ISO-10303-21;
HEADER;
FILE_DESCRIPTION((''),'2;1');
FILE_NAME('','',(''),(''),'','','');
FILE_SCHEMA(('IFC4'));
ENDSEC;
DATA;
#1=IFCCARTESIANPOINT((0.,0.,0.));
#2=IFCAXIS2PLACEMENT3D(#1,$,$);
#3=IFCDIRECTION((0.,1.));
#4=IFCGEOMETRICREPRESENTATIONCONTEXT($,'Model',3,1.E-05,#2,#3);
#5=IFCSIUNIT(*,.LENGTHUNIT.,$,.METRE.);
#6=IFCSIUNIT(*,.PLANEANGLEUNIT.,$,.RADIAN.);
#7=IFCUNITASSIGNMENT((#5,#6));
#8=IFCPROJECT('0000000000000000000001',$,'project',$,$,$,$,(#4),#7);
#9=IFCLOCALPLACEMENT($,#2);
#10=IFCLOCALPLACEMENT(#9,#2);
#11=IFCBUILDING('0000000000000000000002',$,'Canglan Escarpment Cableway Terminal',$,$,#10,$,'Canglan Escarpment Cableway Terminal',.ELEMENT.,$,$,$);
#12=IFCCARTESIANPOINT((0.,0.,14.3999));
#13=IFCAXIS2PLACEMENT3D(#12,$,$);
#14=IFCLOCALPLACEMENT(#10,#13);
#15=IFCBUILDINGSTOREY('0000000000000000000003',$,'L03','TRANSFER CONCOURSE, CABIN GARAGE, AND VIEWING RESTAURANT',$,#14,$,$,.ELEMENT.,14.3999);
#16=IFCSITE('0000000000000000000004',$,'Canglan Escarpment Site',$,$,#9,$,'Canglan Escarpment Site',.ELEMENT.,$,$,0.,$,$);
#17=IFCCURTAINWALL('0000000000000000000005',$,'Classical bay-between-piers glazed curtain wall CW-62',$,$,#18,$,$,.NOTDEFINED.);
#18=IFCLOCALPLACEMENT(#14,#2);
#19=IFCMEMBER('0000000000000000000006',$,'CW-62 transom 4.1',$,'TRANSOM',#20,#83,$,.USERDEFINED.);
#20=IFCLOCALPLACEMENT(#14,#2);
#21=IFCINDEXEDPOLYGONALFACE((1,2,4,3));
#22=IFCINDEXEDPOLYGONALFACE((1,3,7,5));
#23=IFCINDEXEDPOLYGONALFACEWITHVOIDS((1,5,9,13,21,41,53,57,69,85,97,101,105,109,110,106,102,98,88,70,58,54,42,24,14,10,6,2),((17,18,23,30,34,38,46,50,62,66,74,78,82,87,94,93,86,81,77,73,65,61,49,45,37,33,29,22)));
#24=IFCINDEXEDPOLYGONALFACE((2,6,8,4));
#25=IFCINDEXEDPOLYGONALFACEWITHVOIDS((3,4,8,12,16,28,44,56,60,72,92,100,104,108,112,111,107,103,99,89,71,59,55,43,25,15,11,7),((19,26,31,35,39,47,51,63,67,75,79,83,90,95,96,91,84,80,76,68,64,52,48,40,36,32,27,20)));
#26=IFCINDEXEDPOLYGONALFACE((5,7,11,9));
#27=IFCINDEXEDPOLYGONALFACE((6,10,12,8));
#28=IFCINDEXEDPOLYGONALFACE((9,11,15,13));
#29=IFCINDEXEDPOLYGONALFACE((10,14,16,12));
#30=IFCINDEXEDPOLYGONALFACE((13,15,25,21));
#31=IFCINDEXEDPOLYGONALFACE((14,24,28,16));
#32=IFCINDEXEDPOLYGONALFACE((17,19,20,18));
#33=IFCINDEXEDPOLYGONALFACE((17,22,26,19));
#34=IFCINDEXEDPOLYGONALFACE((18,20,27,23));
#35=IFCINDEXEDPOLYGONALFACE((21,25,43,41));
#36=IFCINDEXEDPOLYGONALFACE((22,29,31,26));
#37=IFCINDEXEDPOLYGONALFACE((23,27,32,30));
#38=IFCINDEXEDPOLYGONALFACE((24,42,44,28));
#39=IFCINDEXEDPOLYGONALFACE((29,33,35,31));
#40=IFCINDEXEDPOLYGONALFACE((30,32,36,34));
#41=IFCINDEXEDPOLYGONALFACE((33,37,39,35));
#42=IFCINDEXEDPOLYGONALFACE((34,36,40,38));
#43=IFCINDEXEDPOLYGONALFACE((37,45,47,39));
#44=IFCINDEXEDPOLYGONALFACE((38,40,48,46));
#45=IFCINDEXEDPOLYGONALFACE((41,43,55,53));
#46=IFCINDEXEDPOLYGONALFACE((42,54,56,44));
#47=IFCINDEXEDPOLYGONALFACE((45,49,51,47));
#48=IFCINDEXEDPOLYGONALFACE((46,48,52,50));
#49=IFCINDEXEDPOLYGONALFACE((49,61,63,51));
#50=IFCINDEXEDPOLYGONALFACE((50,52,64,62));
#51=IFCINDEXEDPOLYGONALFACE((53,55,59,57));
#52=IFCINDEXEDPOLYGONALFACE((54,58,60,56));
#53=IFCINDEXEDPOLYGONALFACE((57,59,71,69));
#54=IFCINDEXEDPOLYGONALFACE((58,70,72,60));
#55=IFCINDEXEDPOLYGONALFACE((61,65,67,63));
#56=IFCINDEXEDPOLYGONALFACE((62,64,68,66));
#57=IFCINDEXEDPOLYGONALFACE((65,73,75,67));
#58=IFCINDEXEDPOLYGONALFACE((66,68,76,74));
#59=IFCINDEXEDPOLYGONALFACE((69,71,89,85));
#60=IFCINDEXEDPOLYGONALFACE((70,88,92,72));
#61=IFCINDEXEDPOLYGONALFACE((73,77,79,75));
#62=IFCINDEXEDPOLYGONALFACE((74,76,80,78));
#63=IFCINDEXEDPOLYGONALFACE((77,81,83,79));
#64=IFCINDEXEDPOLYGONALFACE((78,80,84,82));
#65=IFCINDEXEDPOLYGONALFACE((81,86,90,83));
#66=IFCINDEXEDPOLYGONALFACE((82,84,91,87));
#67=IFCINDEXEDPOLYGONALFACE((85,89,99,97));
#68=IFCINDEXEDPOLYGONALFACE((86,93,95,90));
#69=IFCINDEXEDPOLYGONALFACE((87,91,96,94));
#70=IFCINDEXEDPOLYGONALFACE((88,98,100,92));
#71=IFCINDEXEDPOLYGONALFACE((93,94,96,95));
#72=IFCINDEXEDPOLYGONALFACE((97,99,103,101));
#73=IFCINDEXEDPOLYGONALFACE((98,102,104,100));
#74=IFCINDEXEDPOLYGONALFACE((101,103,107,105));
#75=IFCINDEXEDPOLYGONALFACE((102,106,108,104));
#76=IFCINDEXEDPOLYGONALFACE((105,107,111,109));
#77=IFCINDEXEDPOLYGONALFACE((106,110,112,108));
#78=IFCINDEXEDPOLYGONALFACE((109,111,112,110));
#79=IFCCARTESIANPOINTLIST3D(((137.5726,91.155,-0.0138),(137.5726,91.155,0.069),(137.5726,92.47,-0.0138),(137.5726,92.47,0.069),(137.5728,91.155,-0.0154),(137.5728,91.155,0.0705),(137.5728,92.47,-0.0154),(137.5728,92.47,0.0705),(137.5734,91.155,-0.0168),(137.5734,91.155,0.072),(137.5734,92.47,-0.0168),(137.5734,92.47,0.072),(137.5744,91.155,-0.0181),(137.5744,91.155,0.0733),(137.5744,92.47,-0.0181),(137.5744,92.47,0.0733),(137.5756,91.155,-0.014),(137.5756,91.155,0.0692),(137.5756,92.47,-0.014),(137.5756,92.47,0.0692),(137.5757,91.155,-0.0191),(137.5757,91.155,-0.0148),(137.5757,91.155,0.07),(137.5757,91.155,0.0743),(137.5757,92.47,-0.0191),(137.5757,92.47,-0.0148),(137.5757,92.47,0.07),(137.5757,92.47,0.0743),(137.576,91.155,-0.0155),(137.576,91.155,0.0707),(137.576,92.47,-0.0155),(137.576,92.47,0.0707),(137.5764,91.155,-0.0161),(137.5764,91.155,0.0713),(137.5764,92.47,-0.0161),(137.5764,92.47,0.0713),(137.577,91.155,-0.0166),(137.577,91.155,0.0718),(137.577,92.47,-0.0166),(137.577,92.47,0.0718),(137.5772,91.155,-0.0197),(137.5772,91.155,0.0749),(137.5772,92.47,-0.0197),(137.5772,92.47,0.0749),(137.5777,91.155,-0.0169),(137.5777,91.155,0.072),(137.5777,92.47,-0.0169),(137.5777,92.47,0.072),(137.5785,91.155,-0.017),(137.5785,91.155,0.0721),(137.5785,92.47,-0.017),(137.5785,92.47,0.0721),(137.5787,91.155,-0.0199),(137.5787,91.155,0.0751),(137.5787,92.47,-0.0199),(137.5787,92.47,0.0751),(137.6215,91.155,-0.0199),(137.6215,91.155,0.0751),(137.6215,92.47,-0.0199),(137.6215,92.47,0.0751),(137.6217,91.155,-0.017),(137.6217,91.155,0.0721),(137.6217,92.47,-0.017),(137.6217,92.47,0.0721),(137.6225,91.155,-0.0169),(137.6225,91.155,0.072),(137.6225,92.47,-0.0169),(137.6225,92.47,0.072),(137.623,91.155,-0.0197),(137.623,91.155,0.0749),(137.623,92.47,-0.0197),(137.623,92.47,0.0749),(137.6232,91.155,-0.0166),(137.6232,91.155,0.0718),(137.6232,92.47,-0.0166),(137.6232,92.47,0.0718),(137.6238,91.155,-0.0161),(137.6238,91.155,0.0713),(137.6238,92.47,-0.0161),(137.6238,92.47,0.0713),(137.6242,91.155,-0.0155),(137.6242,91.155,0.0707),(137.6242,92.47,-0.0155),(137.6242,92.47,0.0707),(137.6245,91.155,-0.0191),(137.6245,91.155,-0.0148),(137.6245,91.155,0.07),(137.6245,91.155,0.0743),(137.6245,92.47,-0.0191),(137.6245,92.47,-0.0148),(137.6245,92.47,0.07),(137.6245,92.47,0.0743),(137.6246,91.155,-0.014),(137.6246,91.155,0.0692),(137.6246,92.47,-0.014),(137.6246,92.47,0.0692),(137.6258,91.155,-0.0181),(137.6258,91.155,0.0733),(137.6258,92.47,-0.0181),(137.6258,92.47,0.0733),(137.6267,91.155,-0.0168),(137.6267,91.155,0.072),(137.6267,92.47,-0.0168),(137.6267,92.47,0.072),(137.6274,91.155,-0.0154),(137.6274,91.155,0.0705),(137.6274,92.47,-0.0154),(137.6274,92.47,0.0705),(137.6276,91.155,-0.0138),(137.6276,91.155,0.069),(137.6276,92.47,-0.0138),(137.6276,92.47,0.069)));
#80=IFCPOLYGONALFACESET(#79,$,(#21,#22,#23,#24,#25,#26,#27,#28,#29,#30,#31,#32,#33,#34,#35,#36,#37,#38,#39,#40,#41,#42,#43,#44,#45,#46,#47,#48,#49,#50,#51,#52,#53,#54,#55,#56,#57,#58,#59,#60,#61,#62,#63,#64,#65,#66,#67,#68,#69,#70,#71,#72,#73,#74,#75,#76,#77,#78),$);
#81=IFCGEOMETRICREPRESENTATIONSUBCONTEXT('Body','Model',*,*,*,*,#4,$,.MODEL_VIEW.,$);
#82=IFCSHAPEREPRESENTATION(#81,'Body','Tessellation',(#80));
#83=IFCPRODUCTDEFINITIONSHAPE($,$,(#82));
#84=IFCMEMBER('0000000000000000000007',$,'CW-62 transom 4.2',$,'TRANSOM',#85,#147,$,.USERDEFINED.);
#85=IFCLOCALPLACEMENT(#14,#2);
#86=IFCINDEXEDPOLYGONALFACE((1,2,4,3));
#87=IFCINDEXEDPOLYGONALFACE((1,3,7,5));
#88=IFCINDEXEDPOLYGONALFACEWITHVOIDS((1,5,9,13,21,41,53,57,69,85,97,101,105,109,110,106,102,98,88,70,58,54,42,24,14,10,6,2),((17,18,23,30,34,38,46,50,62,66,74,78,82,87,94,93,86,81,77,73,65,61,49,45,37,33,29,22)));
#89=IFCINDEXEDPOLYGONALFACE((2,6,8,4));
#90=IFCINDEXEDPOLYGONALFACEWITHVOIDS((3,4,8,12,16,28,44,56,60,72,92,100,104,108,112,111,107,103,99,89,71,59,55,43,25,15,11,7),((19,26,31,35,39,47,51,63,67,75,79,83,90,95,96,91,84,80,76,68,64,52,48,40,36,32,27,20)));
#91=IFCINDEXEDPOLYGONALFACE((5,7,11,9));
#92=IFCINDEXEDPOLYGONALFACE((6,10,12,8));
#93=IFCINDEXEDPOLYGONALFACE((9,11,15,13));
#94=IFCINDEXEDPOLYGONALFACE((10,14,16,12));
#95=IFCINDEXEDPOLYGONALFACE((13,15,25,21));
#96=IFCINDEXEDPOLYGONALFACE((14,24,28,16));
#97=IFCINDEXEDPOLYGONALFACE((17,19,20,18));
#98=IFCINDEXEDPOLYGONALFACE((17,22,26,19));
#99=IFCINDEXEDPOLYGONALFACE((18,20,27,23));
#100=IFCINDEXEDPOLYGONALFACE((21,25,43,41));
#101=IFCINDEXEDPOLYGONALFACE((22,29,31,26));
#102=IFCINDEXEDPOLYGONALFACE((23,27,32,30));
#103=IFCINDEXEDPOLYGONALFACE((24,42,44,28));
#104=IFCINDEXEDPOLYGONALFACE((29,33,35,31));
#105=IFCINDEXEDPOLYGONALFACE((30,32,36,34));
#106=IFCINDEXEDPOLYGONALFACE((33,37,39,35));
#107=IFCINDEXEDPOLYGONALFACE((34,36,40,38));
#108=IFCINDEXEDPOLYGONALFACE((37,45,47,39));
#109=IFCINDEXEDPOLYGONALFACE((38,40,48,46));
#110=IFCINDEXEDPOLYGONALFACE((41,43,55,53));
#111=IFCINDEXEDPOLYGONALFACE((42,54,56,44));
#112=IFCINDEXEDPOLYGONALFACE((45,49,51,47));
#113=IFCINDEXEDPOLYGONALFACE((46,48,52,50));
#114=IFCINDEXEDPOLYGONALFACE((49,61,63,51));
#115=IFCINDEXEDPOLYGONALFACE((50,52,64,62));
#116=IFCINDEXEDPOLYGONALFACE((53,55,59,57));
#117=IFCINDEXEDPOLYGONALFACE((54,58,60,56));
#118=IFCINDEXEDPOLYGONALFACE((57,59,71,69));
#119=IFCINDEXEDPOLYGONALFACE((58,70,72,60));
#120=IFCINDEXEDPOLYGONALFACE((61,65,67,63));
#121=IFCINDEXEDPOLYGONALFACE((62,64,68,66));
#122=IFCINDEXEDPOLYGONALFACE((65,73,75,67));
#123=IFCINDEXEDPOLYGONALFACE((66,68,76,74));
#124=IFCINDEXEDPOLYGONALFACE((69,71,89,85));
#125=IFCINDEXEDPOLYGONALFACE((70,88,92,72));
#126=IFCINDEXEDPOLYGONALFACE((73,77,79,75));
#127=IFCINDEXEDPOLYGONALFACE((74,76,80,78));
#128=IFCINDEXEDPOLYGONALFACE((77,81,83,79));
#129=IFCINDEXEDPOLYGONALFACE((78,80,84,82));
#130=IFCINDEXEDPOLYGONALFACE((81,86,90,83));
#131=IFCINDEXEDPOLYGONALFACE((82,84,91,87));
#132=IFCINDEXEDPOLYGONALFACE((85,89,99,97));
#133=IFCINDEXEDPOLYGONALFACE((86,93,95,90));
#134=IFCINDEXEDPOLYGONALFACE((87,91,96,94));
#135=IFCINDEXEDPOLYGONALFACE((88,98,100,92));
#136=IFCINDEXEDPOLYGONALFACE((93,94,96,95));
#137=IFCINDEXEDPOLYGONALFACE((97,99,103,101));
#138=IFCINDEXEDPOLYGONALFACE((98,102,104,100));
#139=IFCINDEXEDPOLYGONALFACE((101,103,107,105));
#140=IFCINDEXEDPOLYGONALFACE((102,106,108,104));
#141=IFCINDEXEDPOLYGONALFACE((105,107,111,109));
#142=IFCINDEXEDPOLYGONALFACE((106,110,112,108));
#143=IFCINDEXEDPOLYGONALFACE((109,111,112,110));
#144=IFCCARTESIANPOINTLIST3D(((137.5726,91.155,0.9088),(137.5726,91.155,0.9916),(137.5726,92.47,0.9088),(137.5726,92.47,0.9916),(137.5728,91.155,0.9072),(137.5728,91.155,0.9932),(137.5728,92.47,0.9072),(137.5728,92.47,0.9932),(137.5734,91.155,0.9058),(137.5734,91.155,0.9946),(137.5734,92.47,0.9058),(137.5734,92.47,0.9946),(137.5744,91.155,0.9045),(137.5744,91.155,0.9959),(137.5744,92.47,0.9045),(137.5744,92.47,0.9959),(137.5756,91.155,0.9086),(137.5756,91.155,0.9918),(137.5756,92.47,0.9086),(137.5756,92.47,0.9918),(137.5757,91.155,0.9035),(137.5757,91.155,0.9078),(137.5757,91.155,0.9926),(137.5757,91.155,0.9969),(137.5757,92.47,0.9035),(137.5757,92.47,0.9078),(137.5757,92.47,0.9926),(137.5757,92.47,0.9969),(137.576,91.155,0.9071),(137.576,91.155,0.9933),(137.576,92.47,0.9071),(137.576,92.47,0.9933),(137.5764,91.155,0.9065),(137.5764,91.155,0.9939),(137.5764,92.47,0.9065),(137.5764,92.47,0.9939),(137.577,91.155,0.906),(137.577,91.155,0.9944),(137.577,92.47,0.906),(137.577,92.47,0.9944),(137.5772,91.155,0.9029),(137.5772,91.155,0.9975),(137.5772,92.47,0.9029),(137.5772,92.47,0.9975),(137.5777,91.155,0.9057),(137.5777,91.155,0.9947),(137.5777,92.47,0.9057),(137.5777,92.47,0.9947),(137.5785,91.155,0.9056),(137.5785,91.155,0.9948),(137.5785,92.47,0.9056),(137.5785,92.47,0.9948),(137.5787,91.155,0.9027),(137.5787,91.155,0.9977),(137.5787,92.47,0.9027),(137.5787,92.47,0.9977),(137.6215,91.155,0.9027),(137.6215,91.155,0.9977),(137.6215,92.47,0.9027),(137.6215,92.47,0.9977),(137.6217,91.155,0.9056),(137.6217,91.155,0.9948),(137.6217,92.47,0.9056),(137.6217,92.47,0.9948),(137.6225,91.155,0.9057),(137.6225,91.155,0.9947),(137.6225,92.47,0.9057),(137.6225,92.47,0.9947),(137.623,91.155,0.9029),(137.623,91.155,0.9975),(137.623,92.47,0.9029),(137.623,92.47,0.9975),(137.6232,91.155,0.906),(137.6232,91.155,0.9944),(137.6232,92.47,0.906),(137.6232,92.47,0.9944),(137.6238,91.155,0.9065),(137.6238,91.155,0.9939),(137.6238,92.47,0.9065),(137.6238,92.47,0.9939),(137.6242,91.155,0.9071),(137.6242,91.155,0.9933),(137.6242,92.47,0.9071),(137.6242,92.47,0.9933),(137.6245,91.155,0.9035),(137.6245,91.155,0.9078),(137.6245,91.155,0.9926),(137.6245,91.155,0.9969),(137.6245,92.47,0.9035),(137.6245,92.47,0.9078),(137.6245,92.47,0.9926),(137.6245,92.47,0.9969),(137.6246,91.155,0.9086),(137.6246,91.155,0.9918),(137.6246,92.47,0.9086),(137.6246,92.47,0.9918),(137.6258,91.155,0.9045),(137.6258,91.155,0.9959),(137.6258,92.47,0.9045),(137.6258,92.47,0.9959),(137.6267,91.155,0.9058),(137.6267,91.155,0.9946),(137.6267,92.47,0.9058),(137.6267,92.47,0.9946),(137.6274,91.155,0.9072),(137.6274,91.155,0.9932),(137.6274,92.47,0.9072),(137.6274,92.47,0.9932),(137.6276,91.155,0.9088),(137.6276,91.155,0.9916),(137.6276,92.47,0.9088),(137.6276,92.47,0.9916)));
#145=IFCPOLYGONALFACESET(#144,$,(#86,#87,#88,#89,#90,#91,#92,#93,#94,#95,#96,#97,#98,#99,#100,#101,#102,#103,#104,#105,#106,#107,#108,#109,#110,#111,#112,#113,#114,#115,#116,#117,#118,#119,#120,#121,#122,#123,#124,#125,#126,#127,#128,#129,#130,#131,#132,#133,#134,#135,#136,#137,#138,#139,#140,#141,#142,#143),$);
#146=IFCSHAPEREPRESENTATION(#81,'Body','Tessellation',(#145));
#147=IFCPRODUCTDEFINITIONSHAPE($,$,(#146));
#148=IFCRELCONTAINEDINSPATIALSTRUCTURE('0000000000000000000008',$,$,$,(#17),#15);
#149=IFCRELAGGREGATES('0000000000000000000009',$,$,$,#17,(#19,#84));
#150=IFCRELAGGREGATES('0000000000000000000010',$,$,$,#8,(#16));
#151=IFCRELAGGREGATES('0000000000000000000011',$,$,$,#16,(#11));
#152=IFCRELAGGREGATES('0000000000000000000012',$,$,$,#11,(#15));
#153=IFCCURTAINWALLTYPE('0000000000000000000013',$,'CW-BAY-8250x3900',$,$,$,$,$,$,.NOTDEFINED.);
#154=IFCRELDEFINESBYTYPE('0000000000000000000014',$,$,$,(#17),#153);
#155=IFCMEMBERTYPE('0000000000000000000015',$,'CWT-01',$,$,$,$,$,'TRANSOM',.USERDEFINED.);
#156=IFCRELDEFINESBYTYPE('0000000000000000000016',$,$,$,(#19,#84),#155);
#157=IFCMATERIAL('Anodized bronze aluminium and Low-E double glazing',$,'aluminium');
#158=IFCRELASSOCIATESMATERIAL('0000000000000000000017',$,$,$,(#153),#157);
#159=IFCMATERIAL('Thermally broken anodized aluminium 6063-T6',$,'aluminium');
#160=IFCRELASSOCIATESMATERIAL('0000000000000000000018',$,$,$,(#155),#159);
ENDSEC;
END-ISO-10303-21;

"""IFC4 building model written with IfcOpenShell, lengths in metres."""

from ifc_helpers import new_model, si_unit, direction, frame, origin, origin_2d, place, context, subcontext, project, spatial, hollow_rectangle, extrude, material, material_profile, profile_set, type_object, element, aggregate, save


model = new_model("IFC4")

# Units and contexts
model_context = context("Model", 3, precision=1e-05, world=origin(), true_north=direction((0.0, 1.0)))
body_context = subcontext(model_context, "Body", "Model", "MODEL_VIEW")
ifc_project = project(units=[si_unit("LENGTHUNIT", "METRE"), si_unit("PLANEANGLEUNIT", "RADIAN")], contexts=[model_context])

# Site, building, storey
site_placement = place(None, origin())
site = spatial("IfcSite", under=ifc_project, at=site_placement, Name="Canglan Escarpment Site", LongName="Canglan Escarpment Site", CompositionType="ELEMENT", RefElevation=0.0)
building_placement = place(site_placement, origin())
building = spatial("IfcBuilding", under=site, at=building_placement, Name="Canglan Escarpment Cableway Terminal", LongName="Canglan Escarpment Cableway Terminal", CompositionType="ELEMENT")
storey_placement = place(building_placement, frame((0.0, 0.0, 14.3999)))
storey = spatial("IfcBuildingStorey", under=building, at=storey_placement, Name="L03", Description="TRANSFER CONCOURSE, CABIN GARAGE, AND VIEWING RESTAURANT", CompositionType="ELEMENT", Elevation=14.3999)

# Curtain wall, members
ifc_material_1 = material(Name="Anodized bronze aluminium and Low-E double glazing", Category="aluminium")
curtain_wall_type = type_object("IfcCurtainWallType", Name="CW-BAY-8250x3900", PredefinedType="NOTDEFINED", material=ifc_material_1)
curtain_wall_placement = place(storey_placement, origin())
curtain_wall = element("IfcCurtainWall", 1, at=curtain_wall_placement, inside=storey, type_object=curtain_wall_type, Name="Classical bay-between-piers glazed curtain wall CW-62", PredefinedType="NOTDEFINED")
ifc_material_2 = material(Name="Thermally broken anodized aluminium 6063-T6", Category="aluminium")
ifc_material_profile_1 = material_profile(ifc_material_2, hollow_rectangle(XDim=0.0549, YDim=0.095, WallThickness=0.0029, InnerFilletRadius=0.0029, OuterFilletRadius=0.0061, at=origin_2d()), Name="ALU-TRAN 55x95x3")
ifc_profile_set_1 = profile_set([ifc_material_profile_1], Name="Thermally broken anodized aluminium 6063-T6")
member_type_1 = type_object("IfcMemberType", Name="CWT-01", ElementType="TRANSOM", PredefinedType="USERDEFINED", material=ifc_profile_set_1)
member_1_placement = place(storey_placement, frame((137.6001, 92.47, 0.0276), z_axis=(0.0, -1.0, 0.0), x_axis=(1.0, 0.0, 0.0)))
member_1 = element("IfcMember", 2, at=member_1_placement, type_object=member_type_1, Name="CW-62 transom 4.1", ObjectType="TRANSOM", PredefinedType="USERDEFINED", context=body_context, shape_type="SweptSolid", body=[
    extrude(hollow_rectangle(XDim=0.0549, YDim=0.095, WallThickness=0.0029, InnerFilletRadius=0.0029, OuterFilletRadius=0.0061, at=origin_2d()), origin(), (0.0, 0.0, 1.0), 1.3149),
])
member_2_placement = place(storey_placement, frame((137.6001, 92.47, 0.9502), z_axis=(0.0, -1.0, 0.0), x_axis=(1.0, 0.0, 0.0)))
member_2 = element("IfcMember", 3, at=member_2_placement, type_object=member_type_1, Name="CW-62 transom 4.2", ObjectType="TRANSOM", PredefinedType="USERDEFINED", context=body_context, shape_type="SweptSolid", body=[
    extrude(hollow_rectangle(XDim=0.0549, YDim=0.095, WallThickness=0.0029, InnerFilletRadius=0.0029, OuterFilletRadius=0.0061, at=origin_2d()), origin(), (0.0, 0.0, 1.0), 1.3149),
])
aggregate(curtain_wall, [member_1, member_2])

save(model, "model.ifc")
